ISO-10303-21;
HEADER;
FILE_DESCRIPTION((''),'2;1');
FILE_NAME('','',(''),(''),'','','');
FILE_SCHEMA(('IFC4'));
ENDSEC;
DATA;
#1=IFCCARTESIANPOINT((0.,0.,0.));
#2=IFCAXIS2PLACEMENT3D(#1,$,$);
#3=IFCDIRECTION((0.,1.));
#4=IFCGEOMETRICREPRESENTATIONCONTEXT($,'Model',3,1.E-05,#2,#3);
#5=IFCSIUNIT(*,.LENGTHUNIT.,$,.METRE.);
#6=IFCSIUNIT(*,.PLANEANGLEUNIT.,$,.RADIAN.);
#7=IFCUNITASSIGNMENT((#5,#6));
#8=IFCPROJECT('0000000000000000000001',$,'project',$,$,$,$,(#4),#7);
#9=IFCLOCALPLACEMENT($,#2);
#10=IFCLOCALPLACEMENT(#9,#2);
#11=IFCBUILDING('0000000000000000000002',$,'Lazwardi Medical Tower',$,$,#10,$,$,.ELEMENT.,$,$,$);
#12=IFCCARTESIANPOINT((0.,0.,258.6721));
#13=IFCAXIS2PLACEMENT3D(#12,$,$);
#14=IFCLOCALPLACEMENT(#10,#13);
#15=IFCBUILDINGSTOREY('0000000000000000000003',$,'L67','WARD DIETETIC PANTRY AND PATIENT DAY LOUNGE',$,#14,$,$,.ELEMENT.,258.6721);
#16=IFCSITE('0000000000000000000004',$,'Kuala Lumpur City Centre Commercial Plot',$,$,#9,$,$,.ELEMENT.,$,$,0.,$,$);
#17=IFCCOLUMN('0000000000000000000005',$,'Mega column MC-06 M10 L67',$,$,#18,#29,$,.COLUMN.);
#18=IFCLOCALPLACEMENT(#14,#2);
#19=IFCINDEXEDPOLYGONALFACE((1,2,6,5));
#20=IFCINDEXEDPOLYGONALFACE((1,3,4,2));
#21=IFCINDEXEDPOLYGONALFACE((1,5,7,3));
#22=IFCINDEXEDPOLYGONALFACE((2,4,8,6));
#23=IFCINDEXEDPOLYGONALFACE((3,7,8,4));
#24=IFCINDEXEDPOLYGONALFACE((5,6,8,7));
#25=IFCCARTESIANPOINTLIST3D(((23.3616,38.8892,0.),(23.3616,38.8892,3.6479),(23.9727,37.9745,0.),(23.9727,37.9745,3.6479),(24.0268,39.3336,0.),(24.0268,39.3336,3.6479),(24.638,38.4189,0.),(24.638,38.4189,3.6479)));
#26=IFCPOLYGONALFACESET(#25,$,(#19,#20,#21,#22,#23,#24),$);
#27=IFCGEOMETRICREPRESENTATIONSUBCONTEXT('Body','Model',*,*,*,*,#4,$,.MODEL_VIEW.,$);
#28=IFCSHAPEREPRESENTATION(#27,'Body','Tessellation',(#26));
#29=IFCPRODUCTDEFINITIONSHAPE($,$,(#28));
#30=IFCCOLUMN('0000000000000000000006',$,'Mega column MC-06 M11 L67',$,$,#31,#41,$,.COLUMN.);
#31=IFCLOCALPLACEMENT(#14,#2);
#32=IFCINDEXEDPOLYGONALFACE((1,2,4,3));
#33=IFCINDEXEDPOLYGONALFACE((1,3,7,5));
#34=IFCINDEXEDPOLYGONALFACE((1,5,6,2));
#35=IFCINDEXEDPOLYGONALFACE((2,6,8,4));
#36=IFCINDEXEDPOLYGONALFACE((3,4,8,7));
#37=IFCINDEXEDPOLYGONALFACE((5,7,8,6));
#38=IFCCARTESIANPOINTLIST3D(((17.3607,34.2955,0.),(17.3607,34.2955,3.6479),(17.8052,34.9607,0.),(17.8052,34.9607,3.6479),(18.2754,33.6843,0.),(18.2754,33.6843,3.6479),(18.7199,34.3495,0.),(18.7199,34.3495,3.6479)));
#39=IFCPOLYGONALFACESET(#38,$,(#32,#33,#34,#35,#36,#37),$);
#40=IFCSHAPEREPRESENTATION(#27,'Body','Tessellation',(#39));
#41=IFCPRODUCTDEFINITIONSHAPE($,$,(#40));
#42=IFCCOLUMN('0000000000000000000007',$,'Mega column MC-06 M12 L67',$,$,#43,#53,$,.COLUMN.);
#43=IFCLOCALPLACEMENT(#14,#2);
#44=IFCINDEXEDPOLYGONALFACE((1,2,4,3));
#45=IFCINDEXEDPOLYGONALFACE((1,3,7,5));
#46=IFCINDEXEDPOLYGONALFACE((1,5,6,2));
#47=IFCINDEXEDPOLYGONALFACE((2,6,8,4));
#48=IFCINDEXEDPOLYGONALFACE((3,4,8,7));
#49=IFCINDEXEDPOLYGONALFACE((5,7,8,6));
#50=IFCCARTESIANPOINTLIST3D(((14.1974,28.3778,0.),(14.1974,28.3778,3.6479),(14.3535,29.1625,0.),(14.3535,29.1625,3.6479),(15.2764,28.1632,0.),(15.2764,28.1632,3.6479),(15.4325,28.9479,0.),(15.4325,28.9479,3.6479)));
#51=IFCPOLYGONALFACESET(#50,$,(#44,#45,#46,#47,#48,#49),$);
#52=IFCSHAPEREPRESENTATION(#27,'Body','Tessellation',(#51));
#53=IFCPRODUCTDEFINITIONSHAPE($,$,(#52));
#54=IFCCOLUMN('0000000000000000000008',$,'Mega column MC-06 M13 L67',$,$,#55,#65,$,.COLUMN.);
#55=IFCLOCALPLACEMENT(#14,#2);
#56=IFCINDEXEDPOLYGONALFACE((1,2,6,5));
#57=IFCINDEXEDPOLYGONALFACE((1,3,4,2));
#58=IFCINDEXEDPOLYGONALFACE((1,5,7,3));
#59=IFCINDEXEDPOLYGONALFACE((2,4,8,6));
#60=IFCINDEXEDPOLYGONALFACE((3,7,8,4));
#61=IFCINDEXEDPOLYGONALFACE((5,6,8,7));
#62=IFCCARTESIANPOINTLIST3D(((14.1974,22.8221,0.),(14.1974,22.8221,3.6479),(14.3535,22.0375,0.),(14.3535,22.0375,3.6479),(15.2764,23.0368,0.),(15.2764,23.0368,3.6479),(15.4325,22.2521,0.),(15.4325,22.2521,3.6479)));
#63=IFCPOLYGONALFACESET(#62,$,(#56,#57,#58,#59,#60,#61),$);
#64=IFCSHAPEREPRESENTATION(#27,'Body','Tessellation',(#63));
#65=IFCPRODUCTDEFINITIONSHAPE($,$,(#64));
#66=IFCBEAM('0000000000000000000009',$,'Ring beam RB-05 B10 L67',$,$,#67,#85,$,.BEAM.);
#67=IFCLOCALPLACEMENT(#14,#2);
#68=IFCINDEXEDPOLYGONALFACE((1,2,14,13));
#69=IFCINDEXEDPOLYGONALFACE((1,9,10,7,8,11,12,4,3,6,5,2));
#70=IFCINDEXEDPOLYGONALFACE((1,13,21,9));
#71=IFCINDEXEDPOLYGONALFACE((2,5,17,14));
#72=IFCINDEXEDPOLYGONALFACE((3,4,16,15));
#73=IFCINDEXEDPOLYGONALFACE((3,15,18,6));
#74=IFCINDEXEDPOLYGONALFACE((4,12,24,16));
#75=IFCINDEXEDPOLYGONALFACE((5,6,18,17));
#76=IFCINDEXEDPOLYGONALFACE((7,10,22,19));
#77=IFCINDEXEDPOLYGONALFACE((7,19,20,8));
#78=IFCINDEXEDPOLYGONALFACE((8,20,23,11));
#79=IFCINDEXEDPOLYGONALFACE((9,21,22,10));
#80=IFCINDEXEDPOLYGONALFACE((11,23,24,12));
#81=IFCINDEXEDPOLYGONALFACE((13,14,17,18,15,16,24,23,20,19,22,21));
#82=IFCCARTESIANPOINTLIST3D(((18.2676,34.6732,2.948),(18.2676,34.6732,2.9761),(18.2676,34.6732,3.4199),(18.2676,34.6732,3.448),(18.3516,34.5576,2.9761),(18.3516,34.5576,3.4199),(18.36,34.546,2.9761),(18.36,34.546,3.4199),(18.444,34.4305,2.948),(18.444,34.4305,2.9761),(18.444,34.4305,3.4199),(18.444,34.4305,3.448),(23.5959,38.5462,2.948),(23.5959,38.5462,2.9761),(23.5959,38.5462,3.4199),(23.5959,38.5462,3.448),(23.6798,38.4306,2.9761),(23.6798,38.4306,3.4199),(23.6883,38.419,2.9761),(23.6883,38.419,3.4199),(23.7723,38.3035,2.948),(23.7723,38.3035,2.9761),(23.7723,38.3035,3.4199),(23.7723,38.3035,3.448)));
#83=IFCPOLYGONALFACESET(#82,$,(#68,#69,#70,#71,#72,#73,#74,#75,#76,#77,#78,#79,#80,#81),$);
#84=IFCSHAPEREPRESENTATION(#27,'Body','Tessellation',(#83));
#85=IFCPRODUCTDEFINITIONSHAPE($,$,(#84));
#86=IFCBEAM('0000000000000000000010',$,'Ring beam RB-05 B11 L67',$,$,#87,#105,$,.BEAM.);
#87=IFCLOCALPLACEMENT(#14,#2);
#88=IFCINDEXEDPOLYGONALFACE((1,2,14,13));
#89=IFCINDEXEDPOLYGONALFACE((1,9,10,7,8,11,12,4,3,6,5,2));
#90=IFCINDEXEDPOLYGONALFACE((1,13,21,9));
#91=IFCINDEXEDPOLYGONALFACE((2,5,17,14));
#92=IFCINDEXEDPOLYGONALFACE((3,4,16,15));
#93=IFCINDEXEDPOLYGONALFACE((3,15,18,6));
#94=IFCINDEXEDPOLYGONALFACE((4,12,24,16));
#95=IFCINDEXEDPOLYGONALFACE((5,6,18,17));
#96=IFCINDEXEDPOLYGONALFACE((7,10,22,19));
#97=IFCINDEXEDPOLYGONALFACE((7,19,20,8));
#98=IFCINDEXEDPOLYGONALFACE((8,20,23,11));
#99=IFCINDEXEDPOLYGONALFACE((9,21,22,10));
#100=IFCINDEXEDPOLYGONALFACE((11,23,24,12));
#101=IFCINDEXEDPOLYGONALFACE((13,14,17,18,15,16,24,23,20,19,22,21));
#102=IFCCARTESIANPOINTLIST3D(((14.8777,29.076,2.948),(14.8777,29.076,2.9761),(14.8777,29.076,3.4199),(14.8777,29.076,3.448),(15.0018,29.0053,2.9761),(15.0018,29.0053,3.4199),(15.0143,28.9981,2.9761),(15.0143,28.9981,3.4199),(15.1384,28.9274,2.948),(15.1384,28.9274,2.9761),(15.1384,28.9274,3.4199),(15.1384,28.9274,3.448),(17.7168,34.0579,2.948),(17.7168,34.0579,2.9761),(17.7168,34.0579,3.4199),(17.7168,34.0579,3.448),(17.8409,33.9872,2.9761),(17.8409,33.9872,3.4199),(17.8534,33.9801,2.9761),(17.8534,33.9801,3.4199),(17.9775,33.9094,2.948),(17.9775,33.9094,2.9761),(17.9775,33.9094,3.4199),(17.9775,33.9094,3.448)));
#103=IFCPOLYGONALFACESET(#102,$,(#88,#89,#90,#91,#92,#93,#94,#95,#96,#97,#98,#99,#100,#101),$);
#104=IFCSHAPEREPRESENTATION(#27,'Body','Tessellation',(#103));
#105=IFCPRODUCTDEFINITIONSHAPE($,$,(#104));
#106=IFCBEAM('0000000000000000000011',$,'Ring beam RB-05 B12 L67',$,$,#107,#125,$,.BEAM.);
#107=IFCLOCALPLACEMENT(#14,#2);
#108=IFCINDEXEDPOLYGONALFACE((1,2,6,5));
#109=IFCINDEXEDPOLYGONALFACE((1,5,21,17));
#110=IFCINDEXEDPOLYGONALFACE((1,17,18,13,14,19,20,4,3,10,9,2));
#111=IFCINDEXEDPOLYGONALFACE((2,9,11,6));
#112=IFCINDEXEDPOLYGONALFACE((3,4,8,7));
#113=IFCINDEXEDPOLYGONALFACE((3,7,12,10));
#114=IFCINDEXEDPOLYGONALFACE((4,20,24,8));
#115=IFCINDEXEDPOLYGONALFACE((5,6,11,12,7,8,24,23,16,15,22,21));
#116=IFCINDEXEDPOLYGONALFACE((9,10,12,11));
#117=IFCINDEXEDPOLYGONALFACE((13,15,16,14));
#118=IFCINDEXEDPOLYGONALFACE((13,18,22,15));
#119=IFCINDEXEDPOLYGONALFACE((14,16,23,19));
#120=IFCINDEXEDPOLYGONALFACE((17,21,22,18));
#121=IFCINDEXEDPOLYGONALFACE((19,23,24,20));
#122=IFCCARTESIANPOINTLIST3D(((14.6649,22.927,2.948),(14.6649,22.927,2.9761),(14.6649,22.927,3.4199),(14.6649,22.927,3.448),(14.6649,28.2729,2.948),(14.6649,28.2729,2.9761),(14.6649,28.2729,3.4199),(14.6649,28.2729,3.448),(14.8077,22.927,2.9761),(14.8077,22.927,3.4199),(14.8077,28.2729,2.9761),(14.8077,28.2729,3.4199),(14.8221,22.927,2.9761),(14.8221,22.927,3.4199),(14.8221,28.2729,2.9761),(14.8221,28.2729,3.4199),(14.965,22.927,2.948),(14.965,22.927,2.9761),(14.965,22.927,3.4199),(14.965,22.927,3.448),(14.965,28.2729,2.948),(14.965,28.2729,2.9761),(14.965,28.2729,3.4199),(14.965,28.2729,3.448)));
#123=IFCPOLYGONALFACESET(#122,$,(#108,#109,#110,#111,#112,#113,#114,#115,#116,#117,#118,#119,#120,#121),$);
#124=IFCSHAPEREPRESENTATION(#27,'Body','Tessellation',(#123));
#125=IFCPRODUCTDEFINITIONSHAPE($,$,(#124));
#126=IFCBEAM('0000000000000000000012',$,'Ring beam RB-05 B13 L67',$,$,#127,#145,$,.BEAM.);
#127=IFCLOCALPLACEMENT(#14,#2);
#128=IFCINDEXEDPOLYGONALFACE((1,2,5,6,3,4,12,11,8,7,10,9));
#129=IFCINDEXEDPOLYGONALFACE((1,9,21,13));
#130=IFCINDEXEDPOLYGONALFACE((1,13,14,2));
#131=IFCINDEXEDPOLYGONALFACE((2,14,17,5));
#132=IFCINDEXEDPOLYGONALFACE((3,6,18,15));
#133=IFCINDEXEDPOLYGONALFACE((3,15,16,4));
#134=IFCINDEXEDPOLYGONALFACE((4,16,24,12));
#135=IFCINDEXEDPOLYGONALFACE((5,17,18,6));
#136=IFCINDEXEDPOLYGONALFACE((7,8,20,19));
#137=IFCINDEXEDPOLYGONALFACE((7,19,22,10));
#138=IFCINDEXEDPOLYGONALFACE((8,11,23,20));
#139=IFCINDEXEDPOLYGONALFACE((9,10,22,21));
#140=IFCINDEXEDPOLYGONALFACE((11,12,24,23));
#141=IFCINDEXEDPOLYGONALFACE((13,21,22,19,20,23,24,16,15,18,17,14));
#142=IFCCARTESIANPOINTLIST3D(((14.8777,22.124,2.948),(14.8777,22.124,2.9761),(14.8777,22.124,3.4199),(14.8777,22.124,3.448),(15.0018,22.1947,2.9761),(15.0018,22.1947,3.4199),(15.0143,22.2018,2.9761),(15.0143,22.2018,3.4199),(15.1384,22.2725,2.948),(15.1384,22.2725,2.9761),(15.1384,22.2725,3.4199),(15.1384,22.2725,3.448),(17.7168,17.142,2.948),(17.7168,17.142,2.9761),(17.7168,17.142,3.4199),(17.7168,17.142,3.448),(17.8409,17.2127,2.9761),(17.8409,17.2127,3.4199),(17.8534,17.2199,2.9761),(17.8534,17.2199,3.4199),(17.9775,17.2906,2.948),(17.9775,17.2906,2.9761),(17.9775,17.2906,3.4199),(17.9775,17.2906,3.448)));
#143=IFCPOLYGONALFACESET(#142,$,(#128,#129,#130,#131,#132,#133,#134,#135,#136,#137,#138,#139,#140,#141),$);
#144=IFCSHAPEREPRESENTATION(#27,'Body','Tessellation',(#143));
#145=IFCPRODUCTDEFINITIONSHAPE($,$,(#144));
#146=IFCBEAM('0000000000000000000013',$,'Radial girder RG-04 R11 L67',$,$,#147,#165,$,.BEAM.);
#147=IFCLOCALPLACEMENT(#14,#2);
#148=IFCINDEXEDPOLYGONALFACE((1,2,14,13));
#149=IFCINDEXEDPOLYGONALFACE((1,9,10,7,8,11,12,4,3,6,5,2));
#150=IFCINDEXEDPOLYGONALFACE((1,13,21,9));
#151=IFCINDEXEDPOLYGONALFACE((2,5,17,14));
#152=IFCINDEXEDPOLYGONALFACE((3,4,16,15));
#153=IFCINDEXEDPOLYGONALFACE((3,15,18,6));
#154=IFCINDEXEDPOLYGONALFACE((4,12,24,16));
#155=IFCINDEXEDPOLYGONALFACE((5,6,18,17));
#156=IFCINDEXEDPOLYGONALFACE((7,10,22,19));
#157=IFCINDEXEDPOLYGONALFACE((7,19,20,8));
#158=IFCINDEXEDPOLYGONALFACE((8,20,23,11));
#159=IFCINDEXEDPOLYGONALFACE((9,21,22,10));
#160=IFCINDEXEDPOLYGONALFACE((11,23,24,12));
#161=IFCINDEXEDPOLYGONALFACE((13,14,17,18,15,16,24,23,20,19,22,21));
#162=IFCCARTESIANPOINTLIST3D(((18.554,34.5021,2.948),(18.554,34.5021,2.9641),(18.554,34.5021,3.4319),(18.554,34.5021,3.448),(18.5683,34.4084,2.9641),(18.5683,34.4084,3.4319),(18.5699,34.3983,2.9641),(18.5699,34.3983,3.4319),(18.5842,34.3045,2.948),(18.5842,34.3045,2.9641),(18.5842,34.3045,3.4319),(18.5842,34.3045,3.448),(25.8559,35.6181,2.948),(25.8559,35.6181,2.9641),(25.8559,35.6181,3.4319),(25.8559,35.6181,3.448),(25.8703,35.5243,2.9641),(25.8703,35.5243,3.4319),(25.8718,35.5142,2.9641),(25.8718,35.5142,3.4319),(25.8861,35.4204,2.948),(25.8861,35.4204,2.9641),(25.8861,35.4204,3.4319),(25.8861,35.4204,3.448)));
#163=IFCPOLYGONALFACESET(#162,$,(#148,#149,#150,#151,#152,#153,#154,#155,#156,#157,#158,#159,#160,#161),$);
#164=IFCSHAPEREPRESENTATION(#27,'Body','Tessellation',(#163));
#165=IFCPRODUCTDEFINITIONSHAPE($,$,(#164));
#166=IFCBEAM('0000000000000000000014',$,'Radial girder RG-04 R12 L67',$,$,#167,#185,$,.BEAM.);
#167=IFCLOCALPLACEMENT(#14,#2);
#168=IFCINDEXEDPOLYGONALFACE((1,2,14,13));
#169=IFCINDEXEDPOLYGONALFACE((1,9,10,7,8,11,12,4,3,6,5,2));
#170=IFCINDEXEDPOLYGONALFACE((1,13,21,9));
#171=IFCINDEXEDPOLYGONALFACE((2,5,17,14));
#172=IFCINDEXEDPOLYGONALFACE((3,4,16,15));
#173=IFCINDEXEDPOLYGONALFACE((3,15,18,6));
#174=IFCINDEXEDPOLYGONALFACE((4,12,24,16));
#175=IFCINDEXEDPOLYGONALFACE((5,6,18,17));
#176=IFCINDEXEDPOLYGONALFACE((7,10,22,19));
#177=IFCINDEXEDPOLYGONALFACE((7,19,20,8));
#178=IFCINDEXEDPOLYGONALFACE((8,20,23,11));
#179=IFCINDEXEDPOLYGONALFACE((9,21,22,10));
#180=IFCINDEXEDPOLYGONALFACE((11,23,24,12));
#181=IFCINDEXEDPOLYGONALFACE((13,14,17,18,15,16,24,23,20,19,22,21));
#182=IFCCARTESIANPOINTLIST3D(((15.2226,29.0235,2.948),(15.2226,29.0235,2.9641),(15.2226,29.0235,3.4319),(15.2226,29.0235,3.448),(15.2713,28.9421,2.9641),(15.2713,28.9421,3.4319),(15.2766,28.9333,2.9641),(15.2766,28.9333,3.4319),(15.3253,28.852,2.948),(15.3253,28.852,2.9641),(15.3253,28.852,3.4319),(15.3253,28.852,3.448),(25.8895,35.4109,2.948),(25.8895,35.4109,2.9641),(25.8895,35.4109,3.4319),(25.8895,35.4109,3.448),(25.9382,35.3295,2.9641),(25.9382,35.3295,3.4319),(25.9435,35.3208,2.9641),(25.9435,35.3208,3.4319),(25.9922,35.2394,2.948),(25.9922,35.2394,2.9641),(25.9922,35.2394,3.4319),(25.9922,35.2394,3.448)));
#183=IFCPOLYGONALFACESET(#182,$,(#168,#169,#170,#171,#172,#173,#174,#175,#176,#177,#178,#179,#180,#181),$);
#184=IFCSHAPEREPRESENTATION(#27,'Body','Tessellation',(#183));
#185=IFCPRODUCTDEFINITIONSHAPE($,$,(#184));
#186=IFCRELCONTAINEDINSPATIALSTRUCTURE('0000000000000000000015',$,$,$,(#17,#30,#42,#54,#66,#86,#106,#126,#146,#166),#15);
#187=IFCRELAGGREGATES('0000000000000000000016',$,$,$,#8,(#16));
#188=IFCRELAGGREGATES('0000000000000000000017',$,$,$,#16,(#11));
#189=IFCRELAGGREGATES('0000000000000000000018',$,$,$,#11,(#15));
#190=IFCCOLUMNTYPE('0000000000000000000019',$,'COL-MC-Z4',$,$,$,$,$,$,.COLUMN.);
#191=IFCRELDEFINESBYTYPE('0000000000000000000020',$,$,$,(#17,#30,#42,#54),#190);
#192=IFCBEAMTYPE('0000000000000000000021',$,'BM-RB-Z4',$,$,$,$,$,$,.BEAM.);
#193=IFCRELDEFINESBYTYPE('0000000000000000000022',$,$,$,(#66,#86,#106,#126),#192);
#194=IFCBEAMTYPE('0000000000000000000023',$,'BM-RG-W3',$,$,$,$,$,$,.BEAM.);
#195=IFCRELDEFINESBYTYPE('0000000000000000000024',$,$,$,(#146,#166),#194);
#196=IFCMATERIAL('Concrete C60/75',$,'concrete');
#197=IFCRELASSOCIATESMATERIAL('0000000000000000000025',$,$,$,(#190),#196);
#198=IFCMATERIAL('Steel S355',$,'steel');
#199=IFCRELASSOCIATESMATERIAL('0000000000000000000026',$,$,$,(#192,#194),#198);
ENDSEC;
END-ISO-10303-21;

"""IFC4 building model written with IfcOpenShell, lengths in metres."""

from ifc_helpers import new_model, si_unit, direction, frame, origin, origin_2d, place, context, subcontext, project, spatial, rectangle, i_section, extrude, material, material_profile, profile_set, type_object, element, save


model = new_model("IFC4")

# Units and contexts
model_context = context("Model", 3, precision=1e-05, world=origin(), true_north=direction((0.0, 1.0)))
body_context = subcontext(model_context, "Body", "Model", "MODEL_VIEW")
ifc_project = project(units=[si_unit("LENGTHUNIT", "METRE"), si_unit("PLANEANGLEUNIT", "RADIAN")], contexts=[model_context])

# Site, building, storey
site_placement = place(None, origin())
site = spatial("IfcSite", under=ifc_project, at=site_placement, Name="Kuala Lumpur City Centre Commercial Plot", CompositionType="ELEMENT", RefElevation=0.0)
building_placement = place(site_placement, origin())
building = spatial("IfcBuilding", under=site, at=building_placement, Name="Lazwardi Medical Tower", CompositionType="ELEMENT")
storey_placement = place(building_placement, frame((0.0, 0.0, 258.6721)))
storey = spatial("IfcBuildingStorey", under=building, at=storey_placement, Name="L67", Description="WARD DIETETIC PANTRY AND PATIENT DAY LOUNGE", CompositionType="ELEMENT", Elevation=258.6721)

# Columns
ifc_material_1 = material(Name="Concrete C60/75", Category="concrete")
ifc_material_profile_1 = material_profile(ifc_material_1, rectangle(XDim=1.1001, YDim=0.8, at=origin_2d()), Name="CFT-RECT 1100x800")
ifc_profile_set_1 = profile_set([ifc_material_profile_1], Name="Concrete C60/75")
column_type = type_object("IfcColumnType", Name="COL-MC-Z4", PredefinedType="COLUMN", material=ifc_profile_set_1)
for number, where, z_axis, x_axis, name in (
    (1, (23.9998, 38.6541, 0.0), (0.0, 0.0, 1.0), (-0.55557, 0.83147, 0.0), "Mega column MC-06 M10 L67"),
    (2, (18.0403, 34.3225, 0.0), (0.0, 0.0, 1.0), (-0.83147, 0.55557, 0.0), "Mega column MC-06 M11 L67"),
    (3, (14.8149, 28.6628, 0.0), (0.0, 0.0, 1.0), (-0.980785, 0.19509, 0.0), "Mega column MC-06 M12 L67"),
    (4, (14.8149, 22.5371, 0.0), (0.0, 0.0, 1.0), (-0.980785, -0.19509, 0.0), "Mega column MC-06 M13 L67"),
):
    element("IfcColumn", number, at=place(storey_placement, frame(where, z_axis=z_axis, x_axis=x_axis)), inside=storey, type_object=column_type, Name=name, PredefinedType="COLUMN", context=body_context, shape_type="SweptSolid", body=[
        extrude(rectangle(XDim=1.1001, YDim=0.8, at=origin_2d()), origin(), (0.0, 0.0, 1.0), 3.6479),
    ])

# Beams
ifc_material_2 = material(Name="Steel S355", Category="steel")
ifc_material_profile_2 = material_profile(ifc_material_2, i_section(OverallWidth=0.3, OverallDepth=0.5, WebThickness=0.0144, FlangeThickness=0.0281, at=origin_2d()), Name="HEB 500")
ifc_profile_set_2 = profile_set([ifc_material_profile_2], Name="Steel S355")
beam_type_1 = type_object("IfcBeamType", Name="BM-RB-Z4", PredefinedType="BEAM", material=ifc_profile_set_2)
beam_1_placement = place(storey_placement, frame((23.6841, 38.4248, 3.198), z_axis=(-0.80889, -0.58796, 0.0), x_axis=(0.58796, -0.80889, 0.0)))
element("IfcBeam", 5, at=beam_1_placement, inside=storey, type_object=beam_type_1, Name="Ring beam RB-05 B10 L67", PredefinedType="BEAM", context=body_context, shape_type="SweptSolid", body=[
    extrude(i_section(OverallWidth=0.3, OverallDepth=0.5, WebThickness=0.0144, FlangeThickness=0.0281, at=origin_2d()), origin(), (0.0, 0.0, 1.0), 6.5872),
])
beam_2_placement = place(storey_placement, frame((17.8472, 33.9836, 3.198), z_axis=(-0.495125, -0.868822, 0.0), x_axis=(0.868822, -0.495125, 0.0)))
element("IfcBeam", 6, at=beam_2_placement, inside=storey, type_object=beam_type_1, Name="Ring beam RB-05 B11 L67", PredefinedType="BEAM", context=body_context, shape_type="SweptSolid", body=[
    extrude(i_section(OverallWidth=0.3, OverallDepth=0.5, WebThickness=0.0144, FlangeThickness=0.0281, at=origin_2d()), origin(), (0.0, 0.0, 1.0), 5.7341),
])
beam_3_placement = place(storey_placement, frame((14.8149, 28.2729, 3.198), z_axis=(0.0, -1.0, 0.0), x_axis=(1.0, 0.0, 0.0)))
element("IfcBeam", 7, at=beam_3_placement, inside=storey, type_object=beam_type_1, Name="Ring beam RB-05 B12 L67", PredefinedType="BEAM", context=body_context, shape_type="SweptSolid", body=[
    extrude(i_section(OverallWidth=0.3, OverallDepth=0.5, WebThickness=0.0144, FlangeThickness=0.0281, at=origin_2d()), origin(), (0.0, 0.0, 1.0), 5.3459),
])
beam_4_placement = place(storey_placement, frame((15.0081, 22.1982, 3.198), z_axis=(0.495125, -0.868822, 0.0), x_axis=(0.868822, 0.495125, 0.0)))
element("IfcBeam", 8, at=beam_4_placement, inside=storey, type_object=beam_type_1, Name="Ring beam RB-05 B13 L67", PredefinedType="BEAM", context=body_context, shape_type="SweptSolid", body=[
    extrude(i_section(OverallWidth=0.3, OverallDepth=0.5, WebThickness=0.0144, FlangeThickness=0.0281, at=origin_2d()), origin(), (0.0, 0.0, 1.0), 5.7341),
])
ifc_material_profile_3 = material_profile(ifc_material_2, i_section(OverallWidth=0.2, OverallDepth=0.5, WebThickness=0.0103, FlangeThickness=0.0161, at=origin_2d()), Name="IPE 500")
ifc_profile_set_3 = profile_set([ifc_material_profile_3], Name="Steel S355")
beam_type_2 = type_object("IfcBeamType", Name="BM-RG-W3", PredefinedType="BEAM", material=ifc_profile_set_3)
beam_5_placement = place(storey_placement, frame((18.5691, 34.4033, 3.198), z_axis=(0.988522, 0.151076, 0.0), x_axis=(-0.151076, 0.988522, 0.0)))
element("IfcBeam", 9, at=beam_5_placement, inside=storey, type_object=beam_type_2, Name="Radial girder RG-04 R11 L67", PredefinedType="BEAM", context=body_context, shape_type="SweptSolid", body=[
    extrude(i_section(OverallWidth=0.2, OverallDepth=0.5, WebThickness=0.0103, FlangeThickness=0.0161, at=origin_2d()), origin(), (0.0, 0.0, 1.0), 7.3867),
])
beam_6_placement = place(storey_placement, frame((15.2739, 28.9377, 3.198), z_axis=(0.857945, 0.513742, 0.0), x_axis=(-0.513742, 0.857945, 0.0)))
element("IfcBeam", 10, at=beam_6_placement, inside=storey, type_object=beam_type_2, Name="Radial girder RG-04 R12 L67", PredefinedType="BEAM", context=body_context, shape_type="SweptSolid", body=[
    extrude(i_section(OverallWidth=0.2, OverallDepth=0.5, WebThickness=0.0103, FlangeThickness=0.0161, at=origin_2d()), origin(), (0.0, 0.0, 1.0), 12.4331),
])

save(model, "model.ifc")
